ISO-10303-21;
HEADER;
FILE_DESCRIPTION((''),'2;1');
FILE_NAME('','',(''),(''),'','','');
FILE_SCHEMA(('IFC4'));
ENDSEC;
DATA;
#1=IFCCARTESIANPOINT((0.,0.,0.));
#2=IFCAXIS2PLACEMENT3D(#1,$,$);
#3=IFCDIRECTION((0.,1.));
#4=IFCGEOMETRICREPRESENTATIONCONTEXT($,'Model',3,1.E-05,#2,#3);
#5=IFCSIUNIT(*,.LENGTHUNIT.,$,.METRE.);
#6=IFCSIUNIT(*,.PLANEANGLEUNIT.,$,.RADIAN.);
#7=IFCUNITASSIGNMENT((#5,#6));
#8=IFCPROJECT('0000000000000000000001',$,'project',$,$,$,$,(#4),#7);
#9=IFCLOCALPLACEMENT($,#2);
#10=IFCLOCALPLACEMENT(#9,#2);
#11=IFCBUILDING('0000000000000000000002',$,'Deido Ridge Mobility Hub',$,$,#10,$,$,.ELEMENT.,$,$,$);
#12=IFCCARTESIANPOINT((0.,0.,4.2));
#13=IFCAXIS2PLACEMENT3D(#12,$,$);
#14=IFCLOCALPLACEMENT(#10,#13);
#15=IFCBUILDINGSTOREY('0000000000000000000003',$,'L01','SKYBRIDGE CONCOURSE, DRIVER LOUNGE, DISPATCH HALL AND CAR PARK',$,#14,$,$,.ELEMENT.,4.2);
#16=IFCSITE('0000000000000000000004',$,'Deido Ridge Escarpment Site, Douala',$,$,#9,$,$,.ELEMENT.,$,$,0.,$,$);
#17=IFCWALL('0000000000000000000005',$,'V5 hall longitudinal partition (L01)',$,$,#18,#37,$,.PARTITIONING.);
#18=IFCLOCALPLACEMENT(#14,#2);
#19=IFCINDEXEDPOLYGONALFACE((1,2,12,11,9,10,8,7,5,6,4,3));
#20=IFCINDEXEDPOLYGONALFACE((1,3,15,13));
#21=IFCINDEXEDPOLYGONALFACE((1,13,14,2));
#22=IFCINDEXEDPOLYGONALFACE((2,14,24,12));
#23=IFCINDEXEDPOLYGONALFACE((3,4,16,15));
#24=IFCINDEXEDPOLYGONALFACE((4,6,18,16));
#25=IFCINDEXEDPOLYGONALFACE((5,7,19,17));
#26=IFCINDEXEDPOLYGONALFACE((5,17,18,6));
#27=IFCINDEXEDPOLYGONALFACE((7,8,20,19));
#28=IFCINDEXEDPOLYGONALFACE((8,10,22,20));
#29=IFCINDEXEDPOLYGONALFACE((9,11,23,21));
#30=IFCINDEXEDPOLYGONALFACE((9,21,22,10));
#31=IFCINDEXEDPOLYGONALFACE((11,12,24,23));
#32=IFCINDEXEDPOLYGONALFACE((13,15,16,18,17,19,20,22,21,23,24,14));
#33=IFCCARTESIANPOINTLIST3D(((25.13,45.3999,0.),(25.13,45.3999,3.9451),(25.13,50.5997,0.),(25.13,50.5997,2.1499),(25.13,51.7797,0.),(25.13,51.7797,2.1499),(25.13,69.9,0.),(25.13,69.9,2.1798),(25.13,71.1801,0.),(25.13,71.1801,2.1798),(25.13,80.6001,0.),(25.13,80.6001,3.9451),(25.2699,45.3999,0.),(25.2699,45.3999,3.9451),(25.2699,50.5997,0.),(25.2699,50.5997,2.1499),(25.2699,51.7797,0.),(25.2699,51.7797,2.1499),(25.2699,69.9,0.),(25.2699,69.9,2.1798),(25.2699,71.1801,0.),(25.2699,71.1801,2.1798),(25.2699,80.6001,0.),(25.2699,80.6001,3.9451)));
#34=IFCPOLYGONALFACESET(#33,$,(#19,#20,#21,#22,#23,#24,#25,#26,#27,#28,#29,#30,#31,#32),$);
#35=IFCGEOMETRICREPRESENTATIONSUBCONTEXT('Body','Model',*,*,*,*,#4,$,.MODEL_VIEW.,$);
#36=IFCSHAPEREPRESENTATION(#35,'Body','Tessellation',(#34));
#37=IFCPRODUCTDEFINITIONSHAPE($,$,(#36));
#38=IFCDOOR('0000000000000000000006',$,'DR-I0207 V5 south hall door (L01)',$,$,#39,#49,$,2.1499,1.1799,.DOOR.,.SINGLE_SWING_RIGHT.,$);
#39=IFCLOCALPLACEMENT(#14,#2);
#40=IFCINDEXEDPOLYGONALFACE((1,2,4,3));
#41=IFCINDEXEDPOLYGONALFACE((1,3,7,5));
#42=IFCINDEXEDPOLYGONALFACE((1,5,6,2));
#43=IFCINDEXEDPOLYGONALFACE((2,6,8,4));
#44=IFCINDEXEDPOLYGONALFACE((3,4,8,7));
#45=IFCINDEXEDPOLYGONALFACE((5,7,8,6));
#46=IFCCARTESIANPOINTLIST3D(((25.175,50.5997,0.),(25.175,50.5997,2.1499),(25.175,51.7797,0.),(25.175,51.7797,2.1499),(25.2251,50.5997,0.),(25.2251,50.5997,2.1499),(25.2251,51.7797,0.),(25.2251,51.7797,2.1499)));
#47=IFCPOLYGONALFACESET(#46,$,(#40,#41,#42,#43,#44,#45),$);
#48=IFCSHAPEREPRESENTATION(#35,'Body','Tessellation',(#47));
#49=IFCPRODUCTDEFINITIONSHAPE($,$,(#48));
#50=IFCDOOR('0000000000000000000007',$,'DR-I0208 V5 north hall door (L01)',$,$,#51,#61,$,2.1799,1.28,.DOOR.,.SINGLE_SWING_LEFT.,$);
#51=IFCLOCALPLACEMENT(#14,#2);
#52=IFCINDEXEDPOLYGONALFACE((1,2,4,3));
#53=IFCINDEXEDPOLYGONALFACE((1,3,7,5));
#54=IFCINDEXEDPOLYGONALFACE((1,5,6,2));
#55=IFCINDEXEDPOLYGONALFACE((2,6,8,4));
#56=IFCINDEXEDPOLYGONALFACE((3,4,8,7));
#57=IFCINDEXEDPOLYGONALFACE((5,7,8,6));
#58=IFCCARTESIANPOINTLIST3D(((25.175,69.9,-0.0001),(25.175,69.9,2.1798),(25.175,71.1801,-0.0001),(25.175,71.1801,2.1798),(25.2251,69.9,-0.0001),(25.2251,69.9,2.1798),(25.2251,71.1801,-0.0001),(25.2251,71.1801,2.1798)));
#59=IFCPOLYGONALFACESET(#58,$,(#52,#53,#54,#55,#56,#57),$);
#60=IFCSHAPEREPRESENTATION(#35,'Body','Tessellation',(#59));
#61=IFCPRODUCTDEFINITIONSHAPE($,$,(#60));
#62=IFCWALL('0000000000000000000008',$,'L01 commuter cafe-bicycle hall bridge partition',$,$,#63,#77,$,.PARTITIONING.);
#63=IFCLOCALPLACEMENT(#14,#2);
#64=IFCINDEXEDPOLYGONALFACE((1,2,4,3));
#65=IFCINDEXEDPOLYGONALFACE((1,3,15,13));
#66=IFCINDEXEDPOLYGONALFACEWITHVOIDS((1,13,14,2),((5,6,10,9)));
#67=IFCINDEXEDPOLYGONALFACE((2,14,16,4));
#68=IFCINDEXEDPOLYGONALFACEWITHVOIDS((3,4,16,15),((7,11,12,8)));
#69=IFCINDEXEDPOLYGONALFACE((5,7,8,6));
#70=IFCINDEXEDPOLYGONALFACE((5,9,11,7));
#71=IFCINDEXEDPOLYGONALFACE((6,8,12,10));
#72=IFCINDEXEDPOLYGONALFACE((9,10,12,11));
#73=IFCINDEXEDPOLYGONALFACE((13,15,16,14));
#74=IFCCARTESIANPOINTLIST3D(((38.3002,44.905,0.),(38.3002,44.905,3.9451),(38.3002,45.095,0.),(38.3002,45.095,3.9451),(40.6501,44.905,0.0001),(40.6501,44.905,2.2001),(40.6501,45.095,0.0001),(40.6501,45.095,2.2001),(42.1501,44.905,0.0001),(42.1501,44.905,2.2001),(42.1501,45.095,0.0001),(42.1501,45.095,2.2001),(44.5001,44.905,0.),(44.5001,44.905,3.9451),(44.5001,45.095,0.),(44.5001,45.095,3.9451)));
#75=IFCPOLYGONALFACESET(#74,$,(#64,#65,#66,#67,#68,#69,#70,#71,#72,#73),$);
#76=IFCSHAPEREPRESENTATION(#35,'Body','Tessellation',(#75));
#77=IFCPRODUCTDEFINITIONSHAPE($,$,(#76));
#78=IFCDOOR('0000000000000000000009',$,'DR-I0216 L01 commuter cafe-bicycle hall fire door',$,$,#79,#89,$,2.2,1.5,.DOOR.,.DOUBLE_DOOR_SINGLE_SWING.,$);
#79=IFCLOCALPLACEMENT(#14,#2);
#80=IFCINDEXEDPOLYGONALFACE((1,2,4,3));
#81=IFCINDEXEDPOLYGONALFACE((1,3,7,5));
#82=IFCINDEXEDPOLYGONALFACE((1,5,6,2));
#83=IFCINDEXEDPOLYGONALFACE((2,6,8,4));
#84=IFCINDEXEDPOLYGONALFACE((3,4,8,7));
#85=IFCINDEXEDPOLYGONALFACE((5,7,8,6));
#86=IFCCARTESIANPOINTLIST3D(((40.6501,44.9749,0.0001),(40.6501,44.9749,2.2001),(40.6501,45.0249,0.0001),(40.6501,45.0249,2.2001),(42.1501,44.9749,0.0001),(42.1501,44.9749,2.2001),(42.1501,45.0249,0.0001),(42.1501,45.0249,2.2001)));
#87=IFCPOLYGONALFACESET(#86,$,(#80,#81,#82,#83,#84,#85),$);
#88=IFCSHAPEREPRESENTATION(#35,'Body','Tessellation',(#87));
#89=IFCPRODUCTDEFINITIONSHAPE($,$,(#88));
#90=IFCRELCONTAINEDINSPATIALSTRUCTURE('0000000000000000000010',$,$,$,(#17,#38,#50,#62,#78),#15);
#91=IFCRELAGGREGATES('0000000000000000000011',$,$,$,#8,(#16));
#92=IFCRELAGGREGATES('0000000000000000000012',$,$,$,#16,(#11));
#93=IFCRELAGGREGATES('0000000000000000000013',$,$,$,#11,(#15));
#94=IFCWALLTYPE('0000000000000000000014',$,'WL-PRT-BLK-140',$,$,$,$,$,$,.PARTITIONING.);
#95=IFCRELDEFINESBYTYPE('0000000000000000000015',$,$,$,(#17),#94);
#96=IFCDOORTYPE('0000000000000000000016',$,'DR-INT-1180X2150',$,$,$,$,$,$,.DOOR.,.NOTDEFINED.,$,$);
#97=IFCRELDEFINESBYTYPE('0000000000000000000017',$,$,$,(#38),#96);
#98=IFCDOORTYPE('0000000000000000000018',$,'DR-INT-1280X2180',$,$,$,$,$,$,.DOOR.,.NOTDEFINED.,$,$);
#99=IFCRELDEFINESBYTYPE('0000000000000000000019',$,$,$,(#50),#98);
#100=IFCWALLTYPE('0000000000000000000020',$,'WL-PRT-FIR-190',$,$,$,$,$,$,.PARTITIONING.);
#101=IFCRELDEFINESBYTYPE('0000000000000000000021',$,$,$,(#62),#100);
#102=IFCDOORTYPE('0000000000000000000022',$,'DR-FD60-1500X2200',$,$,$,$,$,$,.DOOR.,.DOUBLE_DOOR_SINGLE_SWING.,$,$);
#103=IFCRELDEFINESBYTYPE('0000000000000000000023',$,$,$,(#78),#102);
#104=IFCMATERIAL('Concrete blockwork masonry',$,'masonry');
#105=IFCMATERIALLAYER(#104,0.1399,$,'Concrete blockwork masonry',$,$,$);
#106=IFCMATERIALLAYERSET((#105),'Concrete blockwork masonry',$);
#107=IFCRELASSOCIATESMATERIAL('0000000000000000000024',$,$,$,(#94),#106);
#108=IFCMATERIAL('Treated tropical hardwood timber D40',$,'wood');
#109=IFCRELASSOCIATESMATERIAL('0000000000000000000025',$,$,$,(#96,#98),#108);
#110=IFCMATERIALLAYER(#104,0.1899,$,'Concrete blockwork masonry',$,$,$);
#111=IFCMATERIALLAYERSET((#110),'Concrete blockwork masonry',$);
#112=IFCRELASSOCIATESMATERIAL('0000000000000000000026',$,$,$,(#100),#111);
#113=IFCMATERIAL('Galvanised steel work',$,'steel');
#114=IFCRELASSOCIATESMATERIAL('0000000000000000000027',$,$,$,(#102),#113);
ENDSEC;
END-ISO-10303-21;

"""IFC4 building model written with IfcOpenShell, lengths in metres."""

from ifc_helpers import new_model, si_unit, direction, frame, frame_2d, origin, place, context, subcontext, project, spatial, rectangle, extrude, material, layer, layer_set, type_object, element, fill, save


model = new_model("IFC4")

# Units and contexts
model_context = context("Model", 3, precision=1e-05, world=origin(), true_north=direction((0.0, 1.0)))
body_context = subcontext(model_context, "Body", "Model", "MODEL_VIEW")
ifc_project = project(units=[si_unit("LENGTHUNIT", "METRE"), si_unit("PLANEANGLEUNIT", "RADIAN")], contexts=[model_context])

# Site, building, storey
site_placement = place(None, origin())
site = spatial("IfcSite", under=ifc_project, at=site_placement, Name="Deido Ridge Escarpment Site, Douala", CompositionType="ELEMENT", RefElevation=0.0)
building_placement = place(site_placement, origin())
building = spatial("IfcBuilding", under=site, at=building_placement, Name="Deido Ridge Mobility Hub", CompositionType="ELEMENT")
storey_placement = place(building_placement, frame((0.0, 0.0, 4.2)))
storey = spatial("IfcBuildingStorey", under=building, at=storey_placement, Name="L01", Description="SKYBRIDGE CONCOURSE, DRIVER LOUNGE, DISPATCH HALL AND CAR PARK", CompositionType="ELEMENT", Elevation=4.2)

# Wall, openings, doors
ifc_material_1 = material(Name="Concrete blockwork masonry", Category="masonry")
ifc_layer_1 = layer(ifc_material_1, 0.1399, Name="Concrete blockwork masonry")
ifc_layer_set_1 = layer_set([ifc_layer_1], Name="Concrete blockwork masonry")
wall_type_1 = type_object("IfcWallType", Name="WL-PRT-BLK-140", PredefinedType="PARTITIONING", material=ifc_layer_set_1)
wall_1_placement = place(storey_placement, frame((25.2, 45.3999, 0.0), z_axis=(0.0, 0.0, 1.0), x_axis=(0.0, 1.0, 0.0)))
wall_1 = element("IfcWall", 1, at=wall_1_placement, inside=storey, type_object=wall_type_1, Name="V5 hall longitudinal partition (L01)", PredefinedType="PARTITIONING", context=body_context, shape_type="SweptSolid", body=[
    extrude(rectangle(XDim=35.2002, YDim=0.1399, at=frame_2d((17.6001, 0.0))), origin(), (0.0, 0.0, 1.0), 3.9451),
])
opening_1_placement = place(wall_1_placement, frame((5.2, 0.0, 0.0)))
opening_1 = element("IfcOpeningElement", 2, at=opening_1_placement, cuts=wall_1, PredefinedType="OPENING", context=body_context, shape_type="SweptSolid", body=[
    extrude(rectangle(XDim=1.1799, YDim=2.1499, at=frame_2d((0.5898, 1.075))), frame((0.0, 0.0801, 0.0), z_axis=(0.0, -1.0, 0.0), x_axis=(1.0, 0.0, 0.0)), (0.0, 0.0, 1.0), 0.1599),
])
opening_2_placement = place(wall_1_placement, frame((24.5, 0.0, 0.0)))
opening_2 = element("IfcOpeningElement", 3, at=opening_2_placement, cuts=wall_1, PredefinedType="OPENING", context=body_context, shape_type="SweptSolid", body=[
    extrude(rectangle(XDim=1.28, YDim=2.1799, at=frame_2d((0.6401, 1.0898))), frame((0.0, 0.0801, 0.0), z_axis=(0.0, -1.0, 0.0), x_axis=(1.0, 0.0, 0.0)), (0.0, 0.0, 1.0), 0.1599),
])
ifc_material_2 = material(Name="Treated tropical hardwood timber D40", Category="wood")
door_type_1 = type_object("IfcDoorType", Name="DR-INT-1180X2150", OperationType="NOTDEFINED", PredefinedType="DOOR", material=ifc_material_2)
door_1_placement = place(opening_1_placement, origin())
door_1 = element("IfcDoor", 4, at=door_1_placement, inside=storey, type_object=door_type_1, Name="DR-I0207 V5 south hall door (L01)", OperationType="SINGLE_SWING_RIGHT", OverallHeight=2.1499, OverallWidth=1.1799, PredefinedType="DOOR", context=body_context, shape_type="SweptSolid", body=[
    extrude(rectangle(XDim=1.1799, YDim=2.1499, at=frame_2d((0.5898, 1.075))), frame((0.0, 0.0249, 0.0), z_axis=(0.0, -1.0, 0.0), x_axis=(1.0, 0.0, 0.0)), (0.0, 0.0, 1.0), 0.05),
])
fill(opening_1, door_1)
door_type_2 = type_object("IfcDoorType", Name="DR-INT-1280X2180", OperationType="NOTDEFINED", PredefinedType="DOOR", material=ifc_material_2)
door_2_placement = place(opening_2_placement, origin())
door_2 = element("IfcDoor", 5, at=door_2_placement, inside=storey, type_object=door_type_2, Name="DR-I0208 V5 north hall door (L01)", OperationType="SINGLE_SWING_LEFT", OverallHeight=2.1799, OverallWidth=1.28, PredefinedType="DOOR", context=body_context, shape_type="SweptSolid", body=[
    extrude(rectangle(XDim=1.28, YDim=2.1799, at=frame_2d((0.6401, 1.0898))), frame((0.0, 0.0249, 0.0), z_axis=(0.0, -1.0, 0.0), x_axis=(1.0, 0.0, 0.0)), (0.0, 0.0, 1.0), 0.05),
])
fill(opening_2, door_2)

# Wall, opening, door
ifc_layer_2 = layer(ifc_material_1, 0.1899, Name="Concrete blockwork masonry")
ifc_layer_set_2 = layer_set([ifc_layer_2], Name="Concrete blockwork masonry")
wall_type_2 = type_object("IfcWallType", Name="WL-PRT-FIR-190", PredefinedType="PARTITIONING", material=ifc_layer_set_2)
wall_2_placement = place(storey_placement, frame((38.3, 45.0, 0.0), z_axis=(0.0, 0.0, 1.0), x_axis=(1.0, 0.0, 0.0)))
wall_2 = element("IfcWall", 6, at=wall_2_placement, inside=storey, type_object=wall_type_2, Name="L01 commuter cafe-bicycle hall bridge partition", PredefinedType="PARTITIONING", context=body_context, shape_type="SweptSolid", body=[
    extrude(rectangle(XDim=6.2, YDim=0.1899, at=frame_2d((3.1001, 0.0))), origin(), (0.0, 0.0, 1.0), 3.9451),
])
opening_3_placement = place(wall_2_placement, frame((2.3501, 0.0, 0.0)))
opening_3 = element("IfcOpeningElement", 7, at=opening_3_placement, cuts=wall_2, PredefinedType="OPENING", context=body_context, shape_type="SweptSolid", body=[
    extrude(rectangle(XDim=1.5, YDim=2.2, at=frame_2d((0.75, 1.1001))), frame((0.0, 0.105, 0.0), z_axis=(0.0, -1.0, 0.0), x_axis=(1.0, 0.0, 0.0)), (0.0, 0.0, 1.0), 0.21),
])
ifc_material_3 = material(Name="Galvanised steel work", Category="steel")
door_type_3 = type_object("IfcDoorType", Name="DR-FD60-1500X2200", OperationType="DOUBLE_DOOR_SINGLE_SWING", PredefinedType="DOOR", material=ifc_material_3)
door_3_placement = place(opening_3_placement, origin())
door_3 = element("IfcDoor", 8, at=door_3_placement, inside=storey, type_object=door_type_3, Name="DR-I0216 L01 commuter cafe-bicycle hall fire door", OperationType="DOUBLE_DOOR_SINGLE_SWING", OverallHeight=2.2, OverallWidth=1.5, PredefinedType="DOOR", context=body_context, shape_type="SweptSolid", body=[
    extrude(rectangle(XDim=1.5, YDim=2.2, at=frame_2d((0.75, 1.1001))), frame((0.0, 0.0249, 0.0), z_axis=(0.0, -1.0, 0.0), x_axis=(1.0, 0.0, 0.0)), (0.0, 0.0, 1.0), 0.05),
])
fill(opening_3, door_3)

save(model, "model.ifc")
